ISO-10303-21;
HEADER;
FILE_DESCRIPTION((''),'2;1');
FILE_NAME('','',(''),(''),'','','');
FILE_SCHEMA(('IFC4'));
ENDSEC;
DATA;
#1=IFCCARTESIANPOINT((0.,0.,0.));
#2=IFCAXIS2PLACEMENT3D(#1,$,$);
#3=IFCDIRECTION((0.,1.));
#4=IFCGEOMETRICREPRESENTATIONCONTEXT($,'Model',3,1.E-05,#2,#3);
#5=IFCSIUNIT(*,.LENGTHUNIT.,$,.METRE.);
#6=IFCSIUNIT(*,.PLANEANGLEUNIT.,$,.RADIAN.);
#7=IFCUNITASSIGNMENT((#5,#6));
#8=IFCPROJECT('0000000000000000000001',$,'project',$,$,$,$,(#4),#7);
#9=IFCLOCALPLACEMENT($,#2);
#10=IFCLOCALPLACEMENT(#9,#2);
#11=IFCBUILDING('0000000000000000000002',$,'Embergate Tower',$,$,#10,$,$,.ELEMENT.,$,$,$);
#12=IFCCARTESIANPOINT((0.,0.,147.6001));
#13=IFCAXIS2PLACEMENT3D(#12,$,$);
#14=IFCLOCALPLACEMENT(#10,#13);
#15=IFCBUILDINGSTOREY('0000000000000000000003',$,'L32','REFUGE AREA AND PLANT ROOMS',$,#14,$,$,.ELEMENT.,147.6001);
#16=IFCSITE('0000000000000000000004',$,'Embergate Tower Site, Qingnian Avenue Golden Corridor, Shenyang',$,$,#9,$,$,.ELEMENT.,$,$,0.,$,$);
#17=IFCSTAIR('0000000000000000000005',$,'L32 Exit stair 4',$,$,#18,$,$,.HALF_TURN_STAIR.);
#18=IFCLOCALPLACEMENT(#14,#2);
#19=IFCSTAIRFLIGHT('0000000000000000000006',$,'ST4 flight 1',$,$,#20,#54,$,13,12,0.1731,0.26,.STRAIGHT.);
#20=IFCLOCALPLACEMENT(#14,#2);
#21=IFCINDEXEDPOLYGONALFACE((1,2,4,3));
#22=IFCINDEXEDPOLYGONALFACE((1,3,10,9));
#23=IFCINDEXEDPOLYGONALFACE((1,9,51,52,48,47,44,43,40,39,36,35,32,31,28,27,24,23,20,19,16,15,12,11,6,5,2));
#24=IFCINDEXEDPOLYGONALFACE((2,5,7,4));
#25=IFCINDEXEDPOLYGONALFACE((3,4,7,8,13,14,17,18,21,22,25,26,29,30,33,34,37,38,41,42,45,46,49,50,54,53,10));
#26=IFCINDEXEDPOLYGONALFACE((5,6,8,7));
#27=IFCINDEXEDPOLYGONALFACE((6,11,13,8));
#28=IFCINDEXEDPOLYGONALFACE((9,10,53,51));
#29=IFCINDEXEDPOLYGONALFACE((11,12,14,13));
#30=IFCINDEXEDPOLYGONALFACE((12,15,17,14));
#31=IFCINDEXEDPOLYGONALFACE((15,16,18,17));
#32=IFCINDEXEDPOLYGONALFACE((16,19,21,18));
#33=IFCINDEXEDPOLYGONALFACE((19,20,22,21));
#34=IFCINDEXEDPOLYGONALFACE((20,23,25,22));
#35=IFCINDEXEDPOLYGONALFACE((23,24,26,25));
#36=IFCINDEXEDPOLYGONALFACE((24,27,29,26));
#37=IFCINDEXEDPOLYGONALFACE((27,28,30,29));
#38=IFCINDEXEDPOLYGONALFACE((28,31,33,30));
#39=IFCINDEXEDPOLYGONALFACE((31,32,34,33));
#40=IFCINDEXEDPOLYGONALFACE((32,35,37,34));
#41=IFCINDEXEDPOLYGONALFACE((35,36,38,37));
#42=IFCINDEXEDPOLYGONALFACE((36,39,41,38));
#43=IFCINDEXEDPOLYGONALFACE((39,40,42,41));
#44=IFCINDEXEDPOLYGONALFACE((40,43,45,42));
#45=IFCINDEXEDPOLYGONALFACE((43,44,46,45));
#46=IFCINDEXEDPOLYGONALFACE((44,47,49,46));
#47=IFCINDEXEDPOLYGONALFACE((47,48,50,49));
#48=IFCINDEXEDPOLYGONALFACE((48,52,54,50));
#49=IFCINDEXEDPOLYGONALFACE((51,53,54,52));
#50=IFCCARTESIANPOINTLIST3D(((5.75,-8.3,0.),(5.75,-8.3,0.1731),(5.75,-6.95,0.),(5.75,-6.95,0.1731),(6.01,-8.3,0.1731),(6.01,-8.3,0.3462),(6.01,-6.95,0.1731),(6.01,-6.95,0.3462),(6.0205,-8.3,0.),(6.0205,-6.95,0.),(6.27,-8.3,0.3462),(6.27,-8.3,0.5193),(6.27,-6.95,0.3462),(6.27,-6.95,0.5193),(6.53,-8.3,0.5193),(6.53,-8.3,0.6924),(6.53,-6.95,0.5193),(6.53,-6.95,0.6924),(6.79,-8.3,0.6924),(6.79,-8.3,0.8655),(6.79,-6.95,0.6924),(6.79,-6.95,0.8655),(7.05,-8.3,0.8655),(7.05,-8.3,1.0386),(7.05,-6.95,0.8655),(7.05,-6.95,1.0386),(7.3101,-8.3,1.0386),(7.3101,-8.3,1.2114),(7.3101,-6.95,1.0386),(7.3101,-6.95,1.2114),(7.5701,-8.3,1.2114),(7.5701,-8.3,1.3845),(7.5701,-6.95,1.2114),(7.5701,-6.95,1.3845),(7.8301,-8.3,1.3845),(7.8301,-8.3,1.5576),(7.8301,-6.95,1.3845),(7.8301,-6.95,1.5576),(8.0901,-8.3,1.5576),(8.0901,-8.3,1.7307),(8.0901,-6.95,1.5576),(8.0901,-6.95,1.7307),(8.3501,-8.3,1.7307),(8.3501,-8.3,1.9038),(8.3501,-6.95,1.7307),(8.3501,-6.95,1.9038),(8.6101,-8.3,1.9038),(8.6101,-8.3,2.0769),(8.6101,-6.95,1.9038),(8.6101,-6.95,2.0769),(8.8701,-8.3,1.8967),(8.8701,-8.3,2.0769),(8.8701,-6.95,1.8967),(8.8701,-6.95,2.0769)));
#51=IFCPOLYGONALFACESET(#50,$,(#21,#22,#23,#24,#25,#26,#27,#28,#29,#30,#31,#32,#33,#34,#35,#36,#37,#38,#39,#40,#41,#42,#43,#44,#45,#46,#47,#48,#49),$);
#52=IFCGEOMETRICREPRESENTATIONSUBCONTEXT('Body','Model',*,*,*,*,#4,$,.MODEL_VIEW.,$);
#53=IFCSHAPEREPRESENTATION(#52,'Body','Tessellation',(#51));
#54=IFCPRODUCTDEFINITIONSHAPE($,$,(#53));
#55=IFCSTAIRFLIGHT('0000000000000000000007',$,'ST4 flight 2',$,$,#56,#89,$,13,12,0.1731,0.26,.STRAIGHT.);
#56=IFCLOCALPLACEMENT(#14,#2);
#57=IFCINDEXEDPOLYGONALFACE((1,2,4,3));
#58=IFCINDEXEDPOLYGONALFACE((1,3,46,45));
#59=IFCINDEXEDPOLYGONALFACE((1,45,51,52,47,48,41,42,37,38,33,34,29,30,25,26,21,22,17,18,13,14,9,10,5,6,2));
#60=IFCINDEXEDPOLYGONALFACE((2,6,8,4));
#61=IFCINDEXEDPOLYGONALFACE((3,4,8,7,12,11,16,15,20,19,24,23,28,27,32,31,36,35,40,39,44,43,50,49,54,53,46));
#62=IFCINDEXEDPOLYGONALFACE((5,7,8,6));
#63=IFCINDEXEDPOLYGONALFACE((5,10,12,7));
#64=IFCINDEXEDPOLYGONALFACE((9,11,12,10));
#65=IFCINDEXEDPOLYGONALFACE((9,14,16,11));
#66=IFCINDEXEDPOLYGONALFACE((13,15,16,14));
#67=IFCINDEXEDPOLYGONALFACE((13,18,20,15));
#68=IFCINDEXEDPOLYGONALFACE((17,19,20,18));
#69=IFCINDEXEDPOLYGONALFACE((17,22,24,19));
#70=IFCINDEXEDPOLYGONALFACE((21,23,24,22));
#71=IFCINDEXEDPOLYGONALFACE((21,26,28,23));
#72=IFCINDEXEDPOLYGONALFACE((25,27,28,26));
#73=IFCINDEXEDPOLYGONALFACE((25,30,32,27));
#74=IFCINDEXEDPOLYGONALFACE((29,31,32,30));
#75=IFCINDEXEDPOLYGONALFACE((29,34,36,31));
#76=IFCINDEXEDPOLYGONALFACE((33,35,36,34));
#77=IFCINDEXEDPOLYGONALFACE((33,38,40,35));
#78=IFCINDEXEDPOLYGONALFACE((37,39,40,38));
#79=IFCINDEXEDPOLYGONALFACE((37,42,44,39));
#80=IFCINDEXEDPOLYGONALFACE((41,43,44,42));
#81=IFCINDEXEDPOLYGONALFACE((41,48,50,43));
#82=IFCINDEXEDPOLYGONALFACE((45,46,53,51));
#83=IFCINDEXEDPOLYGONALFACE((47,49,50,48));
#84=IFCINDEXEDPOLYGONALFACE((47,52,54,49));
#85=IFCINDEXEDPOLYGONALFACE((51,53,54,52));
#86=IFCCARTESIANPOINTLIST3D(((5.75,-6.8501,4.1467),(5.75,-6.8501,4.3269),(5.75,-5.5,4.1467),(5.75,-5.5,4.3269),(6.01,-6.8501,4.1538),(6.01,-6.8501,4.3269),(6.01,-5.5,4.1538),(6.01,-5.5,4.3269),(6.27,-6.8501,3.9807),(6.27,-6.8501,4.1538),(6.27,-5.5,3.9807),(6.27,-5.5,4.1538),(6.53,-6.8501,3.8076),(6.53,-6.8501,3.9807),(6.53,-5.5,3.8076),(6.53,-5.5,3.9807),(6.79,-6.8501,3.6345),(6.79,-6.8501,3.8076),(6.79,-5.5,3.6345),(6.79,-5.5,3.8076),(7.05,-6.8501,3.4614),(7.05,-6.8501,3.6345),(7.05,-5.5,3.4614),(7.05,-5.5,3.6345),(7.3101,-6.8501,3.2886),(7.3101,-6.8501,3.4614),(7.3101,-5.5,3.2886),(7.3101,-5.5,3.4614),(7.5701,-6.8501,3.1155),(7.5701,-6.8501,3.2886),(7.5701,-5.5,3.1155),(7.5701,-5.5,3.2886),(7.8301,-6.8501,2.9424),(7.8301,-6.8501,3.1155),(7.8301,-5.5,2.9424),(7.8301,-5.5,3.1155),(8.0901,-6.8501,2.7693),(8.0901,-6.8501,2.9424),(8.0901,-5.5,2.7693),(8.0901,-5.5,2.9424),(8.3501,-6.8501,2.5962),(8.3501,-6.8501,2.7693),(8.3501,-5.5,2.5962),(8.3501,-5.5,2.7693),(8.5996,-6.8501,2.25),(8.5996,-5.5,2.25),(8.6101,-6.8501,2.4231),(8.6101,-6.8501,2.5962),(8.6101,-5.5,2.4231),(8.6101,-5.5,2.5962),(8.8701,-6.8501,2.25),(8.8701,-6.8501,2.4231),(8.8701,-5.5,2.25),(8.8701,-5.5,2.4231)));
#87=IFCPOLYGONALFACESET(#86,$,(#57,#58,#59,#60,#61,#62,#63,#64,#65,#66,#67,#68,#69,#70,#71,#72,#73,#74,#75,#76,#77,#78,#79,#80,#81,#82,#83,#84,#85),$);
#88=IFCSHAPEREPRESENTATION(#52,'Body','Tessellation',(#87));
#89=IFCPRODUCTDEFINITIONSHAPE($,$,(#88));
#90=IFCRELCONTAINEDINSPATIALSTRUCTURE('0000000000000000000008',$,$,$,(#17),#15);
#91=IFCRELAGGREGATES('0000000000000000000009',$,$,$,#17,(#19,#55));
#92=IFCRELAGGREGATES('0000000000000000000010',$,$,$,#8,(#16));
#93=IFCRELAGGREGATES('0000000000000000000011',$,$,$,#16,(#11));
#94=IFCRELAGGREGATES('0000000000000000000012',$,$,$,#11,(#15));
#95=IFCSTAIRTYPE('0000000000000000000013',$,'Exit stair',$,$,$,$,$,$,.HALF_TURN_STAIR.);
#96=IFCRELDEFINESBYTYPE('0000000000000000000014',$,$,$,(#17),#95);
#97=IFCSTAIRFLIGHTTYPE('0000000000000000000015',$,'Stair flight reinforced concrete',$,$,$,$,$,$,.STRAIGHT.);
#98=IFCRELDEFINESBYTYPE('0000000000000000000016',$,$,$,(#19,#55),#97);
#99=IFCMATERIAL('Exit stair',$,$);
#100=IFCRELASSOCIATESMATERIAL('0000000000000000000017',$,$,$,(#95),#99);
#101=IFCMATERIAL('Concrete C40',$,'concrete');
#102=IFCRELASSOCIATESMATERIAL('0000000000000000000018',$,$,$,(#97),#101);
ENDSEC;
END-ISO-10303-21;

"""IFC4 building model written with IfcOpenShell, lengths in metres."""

from ifc_helpers import new_model, si_unit, direction, frame, origin, place, context, subcontext, project, spatial, polyline, outline, extrude, source, transform, mapped, material, type_object, element, aggregate, save


model = new_model("IFC4")

# Units and contexts
model_context = context("Model", 3, precision=1e-05, world=origin(), true_north=direction((0.0, 1.0)))
body_context = subcontext(model_context, "Body", "Model", "MODEL_VIEW")
ifc_project = project(units=[si_unit("LENGTHUNIT", "METRE"), si_unit("PLANEANGLEUNIT", "RADIAN")], contexts=[model_context])

# Site, building, storey
site_placement = place(None, origin())
site = spatial("IfcSite", under=ifc_project, at=site_placement, Name="Embergate Tower Site, Qingnian Avenue Golden Corridor, Shenyang", CompositionType="ELEMENT", RefElevation=0.0)
building_placement = place(site_placement, origin())
building = spatial("IfcBuilding", under=site, at=building_placement, Name="Embergate Tower", CompositionType="ELEMENT")
storey_placement = place(building_placement, frame((0.0, 0.0, 147.6001)))
storey = spatial("IfcBuildingStorey", under=building, at=storey_placement, Name="L32", Description="REFUGE AREA AND PLANT ROOMS", CompositionType="ELEMENT", Elevation=147.6001)

# Stair
ifc_material_1 = material(Name="Exit stair")
stair_type = type_object("IfcStairType", Name="Exit stair", PredefinedType="HALF_TURN_STAIR", material=ifc_material_1)
stair_placement = place(storey_placement, origin())
stair = element("IfcStair", 1, at=stair_placement, inside=storey, type_object=stair_type, Name="L32 Exit stair 4", PredefinedType="HALF_TURN_STAIR")
ifc_material_2 = material(Name="Concrete C40", Category="concrete")

# Stair flights
stair_flight_type = type_object("IfcStairFlightType", Name="Stair flight reinforced concrete", PredefinedType="STRAIGHT", material=ifc_material_2)
shared_shape_1 = source(origin(), body_context, "Body", "SweptSolid", [
    extrude(outline(polyline([(0.0, 0.0), (0.0, 0.1731), (0.26, 0.1731), (0.26, 0.3462), (0.52, 0.3462), (0.52, 0.5193), (0.78, 0.5193), (0.78, 0.6924), (1.04, 0.6924), (1.04, 0.8655), (1.3, 0.8655), (1.3, 1.0386), (1.5601, 1.0386), (1.5601, 1.2114), (1.8201, 1.2114), (1.8201, 1.3845), (2.0801, 1.3845), (2.0801, 1.5576), (2.3401, 1.5576), (2.3401, 1.7307), (2.6001, 1.7307), (2.6001, 1.9038), (2.8601, 1.9038), (2.8601, 2.0769), (3.1201, 2.0769), (3.1201, 2.25), (3.1201, 1.8967), (0.2705, 0.0), (0.0, 0.0)])), frame((0.0, 0.675, 0.0), z_axis=(0.0, -1.0, 0.0), x_axis=(1.0, 0.0, 0.0)), (0.0, 0.0, 1.0), 1.3501),
])
stair_flight_1_placement = place(storey_placement, frame((5.75, -7.625, 0.0), z_axis=(0.0, 0.0, 1.0), x_axis=(1.0, 0.0, 0.0)))
stair_flight_1 = element("IfcStairFlight", 2, at=stair_flight_1_placement, type_object=stair_flight_type, Name="ST4 flight 1", NumberOfRisers=13, NumberOfTreads=12, PredefinedType="STRAIGHT", RiserHeight=0.1731, TreadLength=0.26, context=body_context, shape_type="MappedRepresentation", body=[
    mapped(shared_shape_1, transform((0.0, 0.0, 0.0))),
])
stair_flight_2_placement = place(storey_placement, frame((8.8701, -6.175, 2.25), z_axis=(0.0, 0.0, 1.0), x_axis=(-1.0, 0.0, 0.0)))
stair_flight_2 = element("IfcStairFlight", 3, at=stair_flight_2_placement, type_object=stair_flight_type, Name="ST4 flight 2", NumberOfRisers=13, NumberOfTreads=12, PredefinedType="STRAIGHT", RiserHeight=0.1731, TreadLength=0.26, context=body_context, shape_type="MappedRepresentation", body=[
    mapped(shared_shape_1, transform((0.0, 0.0, 0.0))),
])
aggregate(stair, [stair_flight_1, stair_flight_2])

save(model, "model.ifc")
